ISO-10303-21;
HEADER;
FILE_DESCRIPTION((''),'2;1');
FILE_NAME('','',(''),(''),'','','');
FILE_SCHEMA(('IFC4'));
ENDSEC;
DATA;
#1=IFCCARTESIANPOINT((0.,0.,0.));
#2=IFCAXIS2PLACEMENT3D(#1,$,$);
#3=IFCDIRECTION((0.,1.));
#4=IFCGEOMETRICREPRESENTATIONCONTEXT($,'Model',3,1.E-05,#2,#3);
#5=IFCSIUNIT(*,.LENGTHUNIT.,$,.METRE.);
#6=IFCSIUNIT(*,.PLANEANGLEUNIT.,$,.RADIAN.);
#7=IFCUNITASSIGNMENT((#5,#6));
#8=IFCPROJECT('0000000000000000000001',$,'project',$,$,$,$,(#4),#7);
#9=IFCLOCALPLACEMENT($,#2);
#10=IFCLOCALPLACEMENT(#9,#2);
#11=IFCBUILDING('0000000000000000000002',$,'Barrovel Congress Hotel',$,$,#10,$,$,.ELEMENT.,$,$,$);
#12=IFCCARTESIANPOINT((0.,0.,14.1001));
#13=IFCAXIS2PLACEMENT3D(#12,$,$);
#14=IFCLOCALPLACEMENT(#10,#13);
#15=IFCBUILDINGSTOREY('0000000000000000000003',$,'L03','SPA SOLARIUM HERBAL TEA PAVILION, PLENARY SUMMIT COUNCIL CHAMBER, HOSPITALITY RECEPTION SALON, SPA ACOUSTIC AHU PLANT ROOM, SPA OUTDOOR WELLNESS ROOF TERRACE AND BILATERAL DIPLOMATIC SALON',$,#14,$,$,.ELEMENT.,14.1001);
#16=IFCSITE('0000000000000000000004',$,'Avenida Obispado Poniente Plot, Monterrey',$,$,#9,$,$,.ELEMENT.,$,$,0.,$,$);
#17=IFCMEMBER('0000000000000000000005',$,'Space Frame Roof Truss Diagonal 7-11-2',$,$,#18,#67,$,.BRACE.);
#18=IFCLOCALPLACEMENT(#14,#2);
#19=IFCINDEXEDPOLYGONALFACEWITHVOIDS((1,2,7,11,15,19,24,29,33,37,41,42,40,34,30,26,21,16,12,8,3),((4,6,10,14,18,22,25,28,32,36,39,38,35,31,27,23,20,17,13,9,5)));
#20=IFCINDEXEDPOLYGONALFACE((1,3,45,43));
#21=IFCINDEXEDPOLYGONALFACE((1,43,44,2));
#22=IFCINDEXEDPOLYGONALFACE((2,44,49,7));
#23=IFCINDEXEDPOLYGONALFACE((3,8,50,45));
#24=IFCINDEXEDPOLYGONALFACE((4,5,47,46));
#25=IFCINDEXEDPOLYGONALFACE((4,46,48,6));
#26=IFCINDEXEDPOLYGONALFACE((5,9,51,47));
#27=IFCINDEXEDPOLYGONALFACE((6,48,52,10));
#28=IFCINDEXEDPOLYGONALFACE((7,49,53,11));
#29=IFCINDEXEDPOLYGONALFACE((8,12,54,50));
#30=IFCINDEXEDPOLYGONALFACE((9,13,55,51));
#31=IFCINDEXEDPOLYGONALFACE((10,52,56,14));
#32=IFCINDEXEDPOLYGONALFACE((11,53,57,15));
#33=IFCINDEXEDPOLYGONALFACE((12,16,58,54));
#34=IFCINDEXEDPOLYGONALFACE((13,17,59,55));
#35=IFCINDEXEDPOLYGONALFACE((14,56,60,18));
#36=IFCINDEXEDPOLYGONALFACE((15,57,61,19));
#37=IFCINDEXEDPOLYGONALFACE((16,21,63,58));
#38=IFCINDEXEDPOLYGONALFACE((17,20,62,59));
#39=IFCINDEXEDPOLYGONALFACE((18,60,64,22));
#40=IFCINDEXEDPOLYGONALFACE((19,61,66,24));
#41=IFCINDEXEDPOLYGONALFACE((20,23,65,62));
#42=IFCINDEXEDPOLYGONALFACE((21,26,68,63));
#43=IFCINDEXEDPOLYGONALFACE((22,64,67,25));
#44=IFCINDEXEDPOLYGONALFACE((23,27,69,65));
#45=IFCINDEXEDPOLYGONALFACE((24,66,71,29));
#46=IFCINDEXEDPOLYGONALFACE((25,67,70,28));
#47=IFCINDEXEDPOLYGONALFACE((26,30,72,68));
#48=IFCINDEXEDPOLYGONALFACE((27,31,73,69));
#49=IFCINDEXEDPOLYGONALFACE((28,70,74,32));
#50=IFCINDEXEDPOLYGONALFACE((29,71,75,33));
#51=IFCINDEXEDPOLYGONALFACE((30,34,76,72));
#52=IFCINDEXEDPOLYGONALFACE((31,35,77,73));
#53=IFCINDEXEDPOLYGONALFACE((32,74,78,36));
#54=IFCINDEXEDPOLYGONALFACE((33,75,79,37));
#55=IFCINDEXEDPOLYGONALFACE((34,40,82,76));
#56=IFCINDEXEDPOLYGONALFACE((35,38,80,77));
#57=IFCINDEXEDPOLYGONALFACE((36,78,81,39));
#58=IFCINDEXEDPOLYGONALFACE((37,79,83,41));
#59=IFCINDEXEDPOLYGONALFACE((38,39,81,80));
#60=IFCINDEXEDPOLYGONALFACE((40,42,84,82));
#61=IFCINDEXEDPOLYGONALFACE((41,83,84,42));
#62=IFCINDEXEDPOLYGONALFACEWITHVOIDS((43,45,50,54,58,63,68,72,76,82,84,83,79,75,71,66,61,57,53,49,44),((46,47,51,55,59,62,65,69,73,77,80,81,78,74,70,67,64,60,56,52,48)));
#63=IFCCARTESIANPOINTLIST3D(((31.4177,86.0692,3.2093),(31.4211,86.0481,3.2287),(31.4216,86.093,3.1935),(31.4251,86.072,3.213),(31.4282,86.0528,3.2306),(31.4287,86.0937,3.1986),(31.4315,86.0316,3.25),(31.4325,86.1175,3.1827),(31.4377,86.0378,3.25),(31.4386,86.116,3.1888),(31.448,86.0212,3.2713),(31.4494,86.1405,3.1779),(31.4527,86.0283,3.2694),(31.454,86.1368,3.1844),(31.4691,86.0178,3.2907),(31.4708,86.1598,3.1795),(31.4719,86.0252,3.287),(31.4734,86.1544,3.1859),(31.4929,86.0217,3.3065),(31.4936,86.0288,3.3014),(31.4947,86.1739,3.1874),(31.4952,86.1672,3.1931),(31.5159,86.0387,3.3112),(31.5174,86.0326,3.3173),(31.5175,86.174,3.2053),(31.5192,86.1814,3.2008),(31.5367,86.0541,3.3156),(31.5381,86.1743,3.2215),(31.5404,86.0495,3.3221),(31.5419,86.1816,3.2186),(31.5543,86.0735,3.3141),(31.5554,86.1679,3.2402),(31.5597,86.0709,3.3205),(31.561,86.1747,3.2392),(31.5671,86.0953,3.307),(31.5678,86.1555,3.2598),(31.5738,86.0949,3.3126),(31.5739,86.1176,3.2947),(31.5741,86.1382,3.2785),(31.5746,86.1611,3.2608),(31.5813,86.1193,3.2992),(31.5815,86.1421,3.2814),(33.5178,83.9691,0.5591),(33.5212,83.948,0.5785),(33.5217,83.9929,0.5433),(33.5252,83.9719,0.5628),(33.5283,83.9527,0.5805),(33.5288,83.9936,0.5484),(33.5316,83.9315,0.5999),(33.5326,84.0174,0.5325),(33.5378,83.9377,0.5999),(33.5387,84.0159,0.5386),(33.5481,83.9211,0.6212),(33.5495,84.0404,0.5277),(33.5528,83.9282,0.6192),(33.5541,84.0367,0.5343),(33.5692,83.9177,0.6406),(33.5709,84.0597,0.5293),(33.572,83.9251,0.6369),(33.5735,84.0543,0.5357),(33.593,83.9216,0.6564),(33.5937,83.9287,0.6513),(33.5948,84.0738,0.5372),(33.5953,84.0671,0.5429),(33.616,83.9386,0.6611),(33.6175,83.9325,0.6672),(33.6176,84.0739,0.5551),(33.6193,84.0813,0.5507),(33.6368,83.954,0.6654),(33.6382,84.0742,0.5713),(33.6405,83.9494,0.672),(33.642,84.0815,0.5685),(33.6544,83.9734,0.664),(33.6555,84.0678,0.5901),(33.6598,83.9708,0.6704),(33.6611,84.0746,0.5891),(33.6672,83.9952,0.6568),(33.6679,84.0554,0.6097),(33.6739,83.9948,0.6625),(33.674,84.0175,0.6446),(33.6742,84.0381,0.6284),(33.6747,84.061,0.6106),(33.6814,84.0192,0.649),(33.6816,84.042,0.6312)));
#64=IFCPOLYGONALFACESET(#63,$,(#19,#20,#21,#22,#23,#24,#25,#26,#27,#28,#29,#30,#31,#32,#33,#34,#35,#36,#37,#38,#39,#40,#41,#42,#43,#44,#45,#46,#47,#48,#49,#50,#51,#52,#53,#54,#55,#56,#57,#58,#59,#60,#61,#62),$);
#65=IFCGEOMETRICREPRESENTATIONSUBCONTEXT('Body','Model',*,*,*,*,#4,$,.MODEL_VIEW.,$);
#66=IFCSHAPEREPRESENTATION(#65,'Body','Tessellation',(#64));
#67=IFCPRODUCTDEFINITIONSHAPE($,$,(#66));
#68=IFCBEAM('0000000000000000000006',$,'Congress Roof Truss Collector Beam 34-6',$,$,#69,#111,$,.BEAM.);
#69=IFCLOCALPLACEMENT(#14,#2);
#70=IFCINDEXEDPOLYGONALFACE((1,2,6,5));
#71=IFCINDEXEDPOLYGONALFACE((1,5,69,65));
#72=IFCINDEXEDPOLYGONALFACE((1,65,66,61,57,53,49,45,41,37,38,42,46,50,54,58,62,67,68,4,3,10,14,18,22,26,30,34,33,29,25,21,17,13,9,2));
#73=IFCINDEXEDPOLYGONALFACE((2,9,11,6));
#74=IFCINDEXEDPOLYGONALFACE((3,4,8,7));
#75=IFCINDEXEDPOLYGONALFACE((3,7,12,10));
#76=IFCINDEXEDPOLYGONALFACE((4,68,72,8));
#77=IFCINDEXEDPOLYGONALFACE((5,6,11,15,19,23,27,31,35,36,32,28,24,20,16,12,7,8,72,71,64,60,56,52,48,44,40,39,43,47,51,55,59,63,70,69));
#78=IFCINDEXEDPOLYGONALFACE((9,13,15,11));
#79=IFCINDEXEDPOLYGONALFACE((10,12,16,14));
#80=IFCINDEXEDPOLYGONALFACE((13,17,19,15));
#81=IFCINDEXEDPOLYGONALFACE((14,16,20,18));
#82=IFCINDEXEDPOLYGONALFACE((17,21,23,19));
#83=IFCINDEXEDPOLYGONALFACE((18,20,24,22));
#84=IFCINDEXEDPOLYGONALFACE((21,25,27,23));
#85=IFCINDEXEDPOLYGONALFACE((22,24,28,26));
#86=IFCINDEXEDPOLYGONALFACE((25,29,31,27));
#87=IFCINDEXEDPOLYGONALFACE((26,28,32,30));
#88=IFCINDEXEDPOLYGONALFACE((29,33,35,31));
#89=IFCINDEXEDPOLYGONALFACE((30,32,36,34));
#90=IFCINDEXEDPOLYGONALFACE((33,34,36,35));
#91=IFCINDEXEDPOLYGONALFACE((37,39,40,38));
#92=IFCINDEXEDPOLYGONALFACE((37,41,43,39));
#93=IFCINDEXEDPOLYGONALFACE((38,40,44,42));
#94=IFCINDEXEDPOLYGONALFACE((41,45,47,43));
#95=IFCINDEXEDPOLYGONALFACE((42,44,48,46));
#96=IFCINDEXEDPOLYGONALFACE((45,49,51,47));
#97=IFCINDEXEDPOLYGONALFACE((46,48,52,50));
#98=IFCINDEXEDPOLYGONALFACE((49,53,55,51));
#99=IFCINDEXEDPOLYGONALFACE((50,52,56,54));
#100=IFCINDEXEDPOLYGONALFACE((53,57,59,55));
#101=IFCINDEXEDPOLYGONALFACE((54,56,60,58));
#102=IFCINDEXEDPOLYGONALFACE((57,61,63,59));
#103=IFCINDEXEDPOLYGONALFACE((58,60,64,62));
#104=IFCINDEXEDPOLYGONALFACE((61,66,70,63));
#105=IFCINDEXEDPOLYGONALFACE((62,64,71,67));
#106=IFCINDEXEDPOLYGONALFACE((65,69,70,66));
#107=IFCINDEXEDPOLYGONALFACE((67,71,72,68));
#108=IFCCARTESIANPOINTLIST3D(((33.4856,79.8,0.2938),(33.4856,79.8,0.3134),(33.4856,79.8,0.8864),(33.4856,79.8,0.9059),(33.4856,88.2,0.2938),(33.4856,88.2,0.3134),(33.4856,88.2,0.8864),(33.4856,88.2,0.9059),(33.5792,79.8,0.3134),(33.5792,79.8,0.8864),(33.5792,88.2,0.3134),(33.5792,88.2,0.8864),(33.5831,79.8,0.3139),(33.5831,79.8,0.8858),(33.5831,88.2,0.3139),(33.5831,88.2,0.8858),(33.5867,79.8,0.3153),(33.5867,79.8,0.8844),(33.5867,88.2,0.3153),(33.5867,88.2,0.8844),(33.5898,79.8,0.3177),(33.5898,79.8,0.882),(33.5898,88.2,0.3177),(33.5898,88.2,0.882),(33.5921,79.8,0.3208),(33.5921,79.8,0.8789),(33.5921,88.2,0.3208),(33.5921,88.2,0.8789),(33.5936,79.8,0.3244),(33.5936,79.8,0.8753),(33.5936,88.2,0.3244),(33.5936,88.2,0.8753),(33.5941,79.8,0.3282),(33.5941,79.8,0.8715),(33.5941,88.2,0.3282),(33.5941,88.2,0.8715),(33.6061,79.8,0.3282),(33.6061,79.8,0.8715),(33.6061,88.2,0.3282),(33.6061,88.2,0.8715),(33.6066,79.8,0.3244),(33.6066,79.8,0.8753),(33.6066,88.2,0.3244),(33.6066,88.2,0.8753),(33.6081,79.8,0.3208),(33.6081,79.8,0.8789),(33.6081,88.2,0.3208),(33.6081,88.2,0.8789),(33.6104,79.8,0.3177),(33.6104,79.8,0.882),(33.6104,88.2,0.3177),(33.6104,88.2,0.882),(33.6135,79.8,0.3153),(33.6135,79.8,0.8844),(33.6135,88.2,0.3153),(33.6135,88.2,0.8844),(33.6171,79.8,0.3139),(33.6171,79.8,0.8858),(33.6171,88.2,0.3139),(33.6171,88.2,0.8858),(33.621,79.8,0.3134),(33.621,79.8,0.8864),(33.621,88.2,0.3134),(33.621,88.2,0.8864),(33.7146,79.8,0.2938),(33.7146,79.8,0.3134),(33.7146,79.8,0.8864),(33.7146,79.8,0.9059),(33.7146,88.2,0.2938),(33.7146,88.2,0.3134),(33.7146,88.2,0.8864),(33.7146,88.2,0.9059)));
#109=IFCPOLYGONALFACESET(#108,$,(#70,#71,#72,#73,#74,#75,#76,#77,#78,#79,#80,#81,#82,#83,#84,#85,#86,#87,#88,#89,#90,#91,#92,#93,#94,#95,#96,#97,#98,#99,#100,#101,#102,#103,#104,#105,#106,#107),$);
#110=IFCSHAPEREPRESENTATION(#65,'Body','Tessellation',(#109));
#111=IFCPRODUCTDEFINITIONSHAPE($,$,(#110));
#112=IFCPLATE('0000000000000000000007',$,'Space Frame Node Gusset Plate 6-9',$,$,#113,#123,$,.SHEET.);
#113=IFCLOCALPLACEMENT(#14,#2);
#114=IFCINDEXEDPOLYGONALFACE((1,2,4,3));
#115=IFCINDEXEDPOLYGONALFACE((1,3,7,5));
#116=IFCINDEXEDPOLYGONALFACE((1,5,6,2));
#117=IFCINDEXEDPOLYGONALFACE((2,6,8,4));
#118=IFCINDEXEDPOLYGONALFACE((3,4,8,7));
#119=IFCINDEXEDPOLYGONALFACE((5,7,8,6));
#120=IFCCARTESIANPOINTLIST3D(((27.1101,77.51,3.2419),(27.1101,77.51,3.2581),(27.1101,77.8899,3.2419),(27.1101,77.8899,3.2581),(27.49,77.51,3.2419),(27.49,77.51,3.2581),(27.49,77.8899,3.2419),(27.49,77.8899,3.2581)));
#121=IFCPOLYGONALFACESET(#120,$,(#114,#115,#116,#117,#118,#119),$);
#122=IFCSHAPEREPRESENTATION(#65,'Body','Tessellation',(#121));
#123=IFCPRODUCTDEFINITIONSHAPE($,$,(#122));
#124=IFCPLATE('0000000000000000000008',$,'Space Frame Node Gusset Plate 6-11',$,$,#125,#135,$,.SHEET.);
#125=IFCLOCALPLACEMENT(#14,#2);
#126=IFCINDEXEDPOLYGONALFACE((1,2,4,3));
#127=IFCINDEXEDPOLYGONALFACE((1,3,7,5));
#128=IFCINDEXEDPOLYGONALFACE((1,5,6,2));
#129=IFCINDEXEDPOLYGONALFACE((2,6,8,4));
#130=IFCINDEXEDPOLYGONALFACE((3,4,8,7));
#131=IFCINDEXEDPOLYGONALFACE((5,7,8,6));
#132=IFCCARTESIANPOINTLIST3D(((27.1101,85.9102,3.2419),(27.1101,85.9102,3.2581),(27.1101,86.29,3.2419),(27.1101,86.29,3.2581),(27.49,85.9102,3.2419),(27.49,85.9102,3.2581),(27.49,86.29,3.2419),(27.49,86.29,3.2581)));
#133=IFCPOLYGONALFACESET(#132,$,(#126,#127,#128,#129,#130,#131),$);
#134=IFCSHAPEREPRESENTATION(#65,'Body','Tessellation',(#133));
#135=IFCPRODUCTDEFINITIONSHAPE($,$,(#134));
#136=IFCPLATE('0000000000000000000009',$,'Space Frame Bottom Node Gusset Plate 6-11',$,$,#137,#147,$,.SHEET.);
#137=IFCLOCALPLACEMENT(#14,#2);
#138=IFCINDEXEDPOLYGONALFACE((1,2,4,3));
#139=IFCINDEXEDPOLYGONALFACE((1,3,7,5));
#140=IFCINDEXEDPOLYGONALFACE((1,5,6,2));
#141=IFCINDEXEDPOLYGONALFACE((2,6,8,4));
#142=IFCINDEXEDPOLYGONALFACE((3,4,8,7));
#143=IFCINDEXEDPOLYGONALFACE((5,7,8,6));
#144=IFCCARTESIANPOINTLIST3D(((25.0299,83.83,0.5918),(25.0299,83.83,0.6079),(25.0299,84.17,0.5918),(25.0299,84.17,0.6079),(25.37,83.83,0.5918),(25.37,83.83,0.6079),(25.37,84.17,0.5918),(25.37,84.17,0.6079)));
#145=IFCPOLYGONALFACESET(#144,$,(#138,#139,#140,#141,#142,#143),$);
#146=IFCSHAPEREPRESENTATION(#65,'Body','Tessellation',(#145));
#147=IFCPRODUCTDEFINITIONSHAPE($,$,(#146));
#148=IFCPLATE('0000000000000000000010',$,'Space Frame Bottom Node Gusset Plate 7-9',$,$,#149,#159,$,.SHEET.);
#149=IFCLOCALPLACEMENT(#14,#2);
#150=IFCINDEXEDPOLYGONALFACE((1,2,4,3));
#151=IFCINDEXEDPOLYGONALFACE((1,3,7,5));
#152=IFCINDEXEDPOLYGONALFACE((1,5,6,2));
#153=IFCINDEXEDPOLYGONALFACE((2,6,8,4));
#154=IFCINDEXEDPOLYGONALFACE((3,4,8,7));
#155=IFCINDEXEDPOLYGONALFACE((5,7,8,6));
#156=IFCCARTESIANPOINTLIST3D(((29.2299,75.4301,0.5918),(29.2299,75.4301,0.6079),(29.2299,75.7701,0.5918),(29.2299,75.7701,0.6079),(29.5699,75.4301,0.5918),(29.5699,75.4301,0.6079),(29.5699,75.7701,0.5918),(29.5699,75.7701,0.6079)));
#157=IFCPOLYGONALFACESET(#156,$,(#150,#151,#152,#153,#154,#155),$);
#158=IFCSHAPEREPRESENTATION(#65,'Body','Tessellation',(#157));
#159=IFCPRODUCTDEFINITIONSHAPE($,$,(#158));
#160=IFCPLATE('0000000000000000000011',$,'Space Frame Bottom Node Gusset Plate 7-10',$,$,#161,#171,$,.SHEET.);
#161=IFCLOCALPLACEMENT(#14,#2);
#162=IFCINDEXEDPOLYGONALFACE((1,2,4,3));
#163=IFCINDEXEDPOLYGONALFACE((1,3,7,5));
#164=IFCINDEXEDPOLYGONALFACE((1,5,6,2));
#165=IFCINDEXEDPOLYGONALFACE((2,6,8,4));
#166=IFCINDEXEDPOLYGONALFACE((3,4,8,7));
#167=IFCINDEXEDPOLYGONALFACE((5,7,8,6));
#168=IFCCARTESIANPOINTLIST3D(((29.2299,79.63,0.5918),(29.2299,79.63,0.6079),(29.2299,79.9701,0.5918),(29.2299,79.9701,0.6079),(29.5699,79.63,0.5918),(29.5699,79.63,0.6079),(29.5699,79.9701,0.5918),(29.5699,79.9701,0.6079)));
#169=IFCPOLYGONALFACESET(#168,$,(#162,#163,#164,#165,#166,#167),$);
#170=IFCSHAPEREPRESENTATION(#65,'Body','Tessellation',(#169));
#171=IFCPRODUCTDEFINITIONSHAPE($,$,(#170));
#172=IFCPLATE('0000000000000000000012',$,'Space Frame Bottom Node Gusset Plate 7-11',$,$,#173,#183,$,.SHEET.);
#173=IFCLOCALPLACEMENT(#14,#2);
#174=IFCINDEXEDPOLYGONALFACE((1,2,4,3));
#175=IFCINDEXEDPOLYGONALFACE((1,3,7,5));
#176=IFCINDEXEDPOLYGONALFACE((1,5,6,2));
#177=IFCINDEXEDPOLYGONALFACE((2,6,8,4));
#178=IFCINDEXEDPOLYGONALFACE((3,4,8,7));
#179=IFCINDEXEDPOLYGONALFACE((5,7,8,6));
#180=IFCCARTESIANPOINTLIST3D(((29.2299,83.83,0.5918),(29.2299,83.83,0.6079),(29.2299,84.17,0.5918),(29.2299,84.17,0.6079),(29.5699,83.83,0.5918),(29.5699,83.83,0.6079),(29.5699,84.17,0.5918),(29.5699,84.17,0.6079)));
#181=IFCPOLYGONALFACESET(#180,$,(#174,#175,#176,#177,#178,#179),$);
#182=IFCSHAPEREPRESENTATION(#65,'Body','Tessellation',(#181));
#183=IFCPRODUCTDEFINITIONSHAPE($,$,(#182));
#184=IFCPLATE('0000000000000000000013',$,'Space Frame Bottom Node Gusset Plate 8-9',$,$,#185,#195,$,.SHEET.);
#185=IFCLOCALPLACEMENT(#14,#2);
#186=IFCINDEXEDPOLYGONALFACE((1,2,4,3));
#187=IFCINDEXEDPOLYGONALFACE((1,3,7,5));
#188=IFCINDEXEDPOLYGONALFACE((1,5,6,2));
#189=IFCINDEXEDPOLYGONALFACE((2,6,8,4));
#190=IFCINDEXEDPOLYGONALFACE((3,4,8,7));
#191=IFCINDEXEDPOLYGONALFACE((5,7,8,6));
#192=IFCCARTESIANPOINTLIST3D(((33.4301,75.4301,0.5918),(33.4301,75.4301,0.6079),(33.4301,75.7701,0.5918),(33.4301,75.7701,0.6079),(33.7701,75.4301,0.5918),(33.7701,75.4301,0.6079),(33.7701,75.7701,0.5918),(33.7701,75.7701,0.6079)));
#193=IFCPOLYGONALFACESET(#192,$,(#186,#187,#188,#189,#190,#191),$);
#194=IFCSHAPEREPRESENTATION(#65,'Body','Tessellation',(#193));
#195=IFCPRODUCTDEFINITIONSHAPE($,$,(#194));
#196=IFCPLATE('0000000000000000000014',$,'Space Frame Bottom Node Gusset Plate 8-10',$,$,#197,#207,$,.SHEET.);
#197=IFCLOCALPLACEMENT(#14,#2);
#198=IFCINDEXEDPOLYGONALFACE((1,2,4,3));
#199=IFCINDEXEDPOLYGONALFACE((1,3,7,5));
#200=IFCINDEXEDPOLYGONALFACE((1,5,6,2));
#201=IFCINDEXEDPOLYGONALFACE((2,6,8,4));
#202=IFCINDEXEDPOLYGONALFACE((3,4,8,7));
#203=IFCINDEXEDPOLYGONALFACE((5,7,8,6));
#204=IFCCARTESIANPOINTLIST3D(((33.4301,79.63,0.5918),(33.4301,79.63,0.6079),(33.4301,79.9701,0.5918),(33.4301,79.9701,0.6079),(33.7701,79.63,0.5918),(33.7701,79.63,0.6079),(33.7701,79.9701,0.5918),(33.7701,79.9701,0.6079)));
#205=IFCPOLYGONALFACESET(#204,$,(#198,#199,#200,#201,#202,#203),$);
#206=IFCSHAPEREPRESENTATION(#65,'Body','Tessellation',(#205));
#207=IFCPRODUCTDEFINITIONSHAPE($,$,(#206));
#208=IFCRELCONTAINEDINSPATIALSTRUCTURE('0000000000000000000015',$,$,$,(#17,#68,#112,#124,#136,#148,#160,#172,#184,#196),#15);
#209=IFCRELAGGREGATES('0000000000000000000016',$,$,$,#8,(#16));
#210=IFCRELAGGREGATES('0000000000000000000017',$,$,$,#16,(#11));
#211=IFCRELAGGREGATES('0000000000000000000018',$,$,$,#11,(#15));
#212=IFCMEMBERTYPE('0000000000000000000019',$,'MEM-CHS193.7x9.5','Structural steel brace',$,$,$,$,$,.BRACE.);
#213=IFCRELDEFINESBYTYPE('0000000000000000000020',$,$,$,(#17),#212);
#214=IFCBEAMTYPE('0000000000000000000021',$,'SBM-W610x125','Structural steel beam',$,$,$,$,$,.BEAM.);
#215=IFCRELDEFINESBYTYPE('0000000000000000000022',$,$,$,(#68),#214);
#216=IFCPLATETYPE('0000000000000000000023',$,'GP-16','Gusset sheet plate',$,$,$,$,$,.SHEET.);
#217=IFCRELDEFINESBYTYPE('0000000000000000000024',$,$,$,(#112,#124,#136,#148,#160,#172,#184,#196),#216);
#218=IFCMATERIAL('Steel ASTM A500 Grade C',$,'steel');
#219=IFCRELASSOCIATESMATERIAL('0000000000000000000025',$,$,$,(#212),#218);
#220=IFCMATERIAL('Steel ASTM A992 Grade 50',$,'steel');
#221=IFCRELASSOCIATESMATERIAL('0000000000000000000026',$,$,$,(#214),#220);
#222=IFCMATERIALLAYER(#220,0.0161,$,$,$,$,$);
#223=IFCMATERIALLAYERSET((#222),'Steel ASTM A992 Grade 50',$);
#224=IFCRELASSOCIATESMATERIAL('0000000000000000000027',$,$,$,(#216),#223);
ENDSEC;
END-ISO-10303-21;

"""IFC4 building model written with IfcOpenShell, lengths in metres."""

from ifc_helpers import new_model, si_unit, direction, frame, origin, origin_2d, place, context, subcontext, project, spatial, rectangle, hollow_circle, i_section, extrude, material, layer, layer_set, material_profile, profile_set, type_object, element, save


model = new_model("IFC4")

# Units and contexts
model_context = context("Model", 3, precision=1e-05, world=origin(), true_north=direction((0.0, 1.0)))
body_context = subcontext(model_context, "Body", "Model", "MODEL_VIEW")
ifc_project = project(units=[si_unit("LENGTHUNIT", "METRE"), si_unit("PLANEANGLEUNIT", "RADIAN")], contexts=[model_context])

# Site, building, storey
site_placement = place(None, origin())
site = spatial("IfcSite", under=ifc_project, at=site_placement, Name="Avenida Obispado Poniente Plot, Monterrey", CompositionType="ELEMENT", RefElevation=0.0)
building_placement = place(site_placement, origin())
building = spatial("IfcBuilding", under=site, at=building_placement, Name="Barrovel Congress Hotel", CompositionType="ELEMENT")
storey_placement = place(building_placement, frame((0.0, 0.0, 14.1001)))
storey = spatial("IfcBuildingStorey", under=building, at=storey_placement, Name="L03", Description="SPA SOLARIUM HERBAL TEA PAVILION, PLENARY SUMMIT COUNCIL CHAMBER, HOSPITALITY RECEPTION SALON, SPA ACOUSTIC AHU PLANT ROOM, SPA OUTDOOR WELLNESS ROOF TERRACE AND BILATERAL DIPLOMATIC SALON", CompositionType="ELEMENT", Elevation=14.1001)

# Member
ifc_material_1 = material(Name="Steel ASTM A500 Grade C", Category="steel")
ifc_material_profile_1 = material_profile(ifc_material_1, hollow_circle(Radius=0.0969, WallThickness=0.0088, at=origin_2d()), Name="CHS193.7x9.5")
ifc_profile_set_1 = profile_set([ifc_material_profile_1], Name="Steel ASTM A500 Grade C")
member_type_1 = type_object("IfcMemberType", Name="MEM-CHS193.7x9.5", Description="Structural steel brace", PredefinedType="BRACE", material=ifc_profile_set_1)
for number, where, z_axis, x_axis, name in (
    (1, (33.6001, 84.0, 0.5999), (-0.527601, 0.527601, 0.665788), (-0.707107, -0.707107, 0.0), "Space Frame Roof Truss Diagonal 7-11-2"),
):
    element("IfcMember", number, at=place(storey_placement, frame(where, z_axis=z_axis, x_axis=x_axis)), inside=storey, type_object=member_type_1, Name=name, PredefinedType="BRACE", context=body_context, shape_type="SweptSolid", body=[
        extrude(hollow_circle(Radius=0.0969, WallThickness=0.0088, at=origin_2d()), origin(), (0.0, 0.0, 1.0), 3.9805),
    ])

# Beam
ifc_material_2 = material(Name="Steel ASTM A992 Grade 50", Category="steel")
ifc_material_profile_2 = material_profile(ifc_material_2, i_section(OverallWidth=0.229, OverallDepth=0.6121, WebThickness=0.012, FlangeThickness=0.0195, FilletRadius=0.0149, at=origin_2d()), Name="W610x125")
ifc_profile_set_2 = profile_set([ifc_material_profile_2], Name="Steel ASTM A992 Grade 50")
beam_type_1 = type_object("IfcBeamType", Name="SBM-W610x125", Description="Structural steel beam", PredefinedType="BEAM", material=ifc_profile_set_2)
beam_1_placement = place(storey_placement, frame((33.6001, 79.8, 0.5999), z_axis=(0.0, 1.0, 0.0), x_axis=(-1.0, 0.0, 0.0)))
element("IfcBeam", 2, at=beam_1_placement, inside=storey, type_object=beam_type_1, Name="Congress Roof Truss Collector Beam 34-6", PredefinedType="BEAM", context=body_context, shape_type="SweptSolid", body=[
    extrude(i_section(OverallWidth=0.229, OverallDepth=0.6121, WebThickness=0.012, FlangeThickness=0.0195, FilletRadius=0.0149, at=origin_2d()), origin(), (0.0, 0.0, 1.0), 8.3999),
])

# Plates
ifc_layer_1 = layer(ifc_material_2, 0.0161)
ifc_layer_set_1 = layer_set([ifc_layer_1], Name="Steel ASTM A992 Grade 50")
plate_type_1 = type_object("IfcPlateType", Name="GP-16", Description="Gusset sheet plate", PredefinedType="SHEET", material=ifc_layer_set_1)
for number, where, z_axis, x_axis, name in (
    (3, (27.3, 77.7, 3.2419), (0.0, 0.0, 1.0), (1.0, 0.0, 0.0), "Space Frame Node Gusset Plate 6-9"),
    (4, (27.3, 86.1001, 3.2419), (0.0, 0.0, 1.0), (1.0, 0.0, 0.0), "Space Frame Node Gusset Plate 6-11"),
):
    element("IfcPlate", number, at=place(storey_placement, frame(where, z_axis=z_axis, x_axis=x_axis)), inside=storey, type_object=plate_type_1, Name=name, PredefinedType="SHEET", context=body_context, shape_type="SweptSolid", body=[
        extrude(rectangle(XDim=0.3799, YDim=0.3799, at=origin_2d()), origin(), (0.0, 0.0, 1.0), 0.0161),
    ])
for number, where, z_axis, x_axis, name in (
    (5, (25.2, 84.0, 0.5918), (0.0, 0.0, 1.0), (1.0, 0.0, 0.0), "Space Frame Bottom Node Gusset Plate 6-11"),
    (6, (29.3999, 75.6001, 0.5918), (0.0, 0.0, 1.0), (1.0, 0.0, 0.0), "Space Frame Bottom Node Gusset Plate 7-9"),
    (7, (29.3999, 79.8, 0.5918), (0.0, 0.0, 1.0), (1.0, 0.0, 0.0), "Space Frame Bottom Node Gusset Plate 7-10"),
    (8, (29.3999, 84.0, 0.5918), (0.0, 0.0, 1.0), (1.0, 0.0, 0.0), "Space Frame Bottom Node Gusset Plate 7-11"),
    (9, (33.6001, 75.6001, 0.5918), (0.0, 0.0, 1.0), (1.0, 0.0, 0.0), "Space Frame Bottom Node Gusset Plate 8-9"),
    (10, (33.6001, 79.8, 0.5918), (0.0, 0.0, 1.0), (1.0, 0.0, 0.0), "Space Frame Bottom Node Gusset Plate 8-10"),
):
    element("IfcPlate", number, at=place(storey_placement, frame(where, z_axis=z_axis, x_axis=x_axis)), inside=storey, type_object=plate_type_1, Name=name, PredefinedType="SHEET", context=body_context, shape_type="SweptSolid", body=[
        extrude(rectangle(XDim=0.3401, YDim=0.3401, at=origin_2d()), origin(), (0.0, 0.0, 1.0), 0.0161),
    ])

save(model, "model.ifc")
